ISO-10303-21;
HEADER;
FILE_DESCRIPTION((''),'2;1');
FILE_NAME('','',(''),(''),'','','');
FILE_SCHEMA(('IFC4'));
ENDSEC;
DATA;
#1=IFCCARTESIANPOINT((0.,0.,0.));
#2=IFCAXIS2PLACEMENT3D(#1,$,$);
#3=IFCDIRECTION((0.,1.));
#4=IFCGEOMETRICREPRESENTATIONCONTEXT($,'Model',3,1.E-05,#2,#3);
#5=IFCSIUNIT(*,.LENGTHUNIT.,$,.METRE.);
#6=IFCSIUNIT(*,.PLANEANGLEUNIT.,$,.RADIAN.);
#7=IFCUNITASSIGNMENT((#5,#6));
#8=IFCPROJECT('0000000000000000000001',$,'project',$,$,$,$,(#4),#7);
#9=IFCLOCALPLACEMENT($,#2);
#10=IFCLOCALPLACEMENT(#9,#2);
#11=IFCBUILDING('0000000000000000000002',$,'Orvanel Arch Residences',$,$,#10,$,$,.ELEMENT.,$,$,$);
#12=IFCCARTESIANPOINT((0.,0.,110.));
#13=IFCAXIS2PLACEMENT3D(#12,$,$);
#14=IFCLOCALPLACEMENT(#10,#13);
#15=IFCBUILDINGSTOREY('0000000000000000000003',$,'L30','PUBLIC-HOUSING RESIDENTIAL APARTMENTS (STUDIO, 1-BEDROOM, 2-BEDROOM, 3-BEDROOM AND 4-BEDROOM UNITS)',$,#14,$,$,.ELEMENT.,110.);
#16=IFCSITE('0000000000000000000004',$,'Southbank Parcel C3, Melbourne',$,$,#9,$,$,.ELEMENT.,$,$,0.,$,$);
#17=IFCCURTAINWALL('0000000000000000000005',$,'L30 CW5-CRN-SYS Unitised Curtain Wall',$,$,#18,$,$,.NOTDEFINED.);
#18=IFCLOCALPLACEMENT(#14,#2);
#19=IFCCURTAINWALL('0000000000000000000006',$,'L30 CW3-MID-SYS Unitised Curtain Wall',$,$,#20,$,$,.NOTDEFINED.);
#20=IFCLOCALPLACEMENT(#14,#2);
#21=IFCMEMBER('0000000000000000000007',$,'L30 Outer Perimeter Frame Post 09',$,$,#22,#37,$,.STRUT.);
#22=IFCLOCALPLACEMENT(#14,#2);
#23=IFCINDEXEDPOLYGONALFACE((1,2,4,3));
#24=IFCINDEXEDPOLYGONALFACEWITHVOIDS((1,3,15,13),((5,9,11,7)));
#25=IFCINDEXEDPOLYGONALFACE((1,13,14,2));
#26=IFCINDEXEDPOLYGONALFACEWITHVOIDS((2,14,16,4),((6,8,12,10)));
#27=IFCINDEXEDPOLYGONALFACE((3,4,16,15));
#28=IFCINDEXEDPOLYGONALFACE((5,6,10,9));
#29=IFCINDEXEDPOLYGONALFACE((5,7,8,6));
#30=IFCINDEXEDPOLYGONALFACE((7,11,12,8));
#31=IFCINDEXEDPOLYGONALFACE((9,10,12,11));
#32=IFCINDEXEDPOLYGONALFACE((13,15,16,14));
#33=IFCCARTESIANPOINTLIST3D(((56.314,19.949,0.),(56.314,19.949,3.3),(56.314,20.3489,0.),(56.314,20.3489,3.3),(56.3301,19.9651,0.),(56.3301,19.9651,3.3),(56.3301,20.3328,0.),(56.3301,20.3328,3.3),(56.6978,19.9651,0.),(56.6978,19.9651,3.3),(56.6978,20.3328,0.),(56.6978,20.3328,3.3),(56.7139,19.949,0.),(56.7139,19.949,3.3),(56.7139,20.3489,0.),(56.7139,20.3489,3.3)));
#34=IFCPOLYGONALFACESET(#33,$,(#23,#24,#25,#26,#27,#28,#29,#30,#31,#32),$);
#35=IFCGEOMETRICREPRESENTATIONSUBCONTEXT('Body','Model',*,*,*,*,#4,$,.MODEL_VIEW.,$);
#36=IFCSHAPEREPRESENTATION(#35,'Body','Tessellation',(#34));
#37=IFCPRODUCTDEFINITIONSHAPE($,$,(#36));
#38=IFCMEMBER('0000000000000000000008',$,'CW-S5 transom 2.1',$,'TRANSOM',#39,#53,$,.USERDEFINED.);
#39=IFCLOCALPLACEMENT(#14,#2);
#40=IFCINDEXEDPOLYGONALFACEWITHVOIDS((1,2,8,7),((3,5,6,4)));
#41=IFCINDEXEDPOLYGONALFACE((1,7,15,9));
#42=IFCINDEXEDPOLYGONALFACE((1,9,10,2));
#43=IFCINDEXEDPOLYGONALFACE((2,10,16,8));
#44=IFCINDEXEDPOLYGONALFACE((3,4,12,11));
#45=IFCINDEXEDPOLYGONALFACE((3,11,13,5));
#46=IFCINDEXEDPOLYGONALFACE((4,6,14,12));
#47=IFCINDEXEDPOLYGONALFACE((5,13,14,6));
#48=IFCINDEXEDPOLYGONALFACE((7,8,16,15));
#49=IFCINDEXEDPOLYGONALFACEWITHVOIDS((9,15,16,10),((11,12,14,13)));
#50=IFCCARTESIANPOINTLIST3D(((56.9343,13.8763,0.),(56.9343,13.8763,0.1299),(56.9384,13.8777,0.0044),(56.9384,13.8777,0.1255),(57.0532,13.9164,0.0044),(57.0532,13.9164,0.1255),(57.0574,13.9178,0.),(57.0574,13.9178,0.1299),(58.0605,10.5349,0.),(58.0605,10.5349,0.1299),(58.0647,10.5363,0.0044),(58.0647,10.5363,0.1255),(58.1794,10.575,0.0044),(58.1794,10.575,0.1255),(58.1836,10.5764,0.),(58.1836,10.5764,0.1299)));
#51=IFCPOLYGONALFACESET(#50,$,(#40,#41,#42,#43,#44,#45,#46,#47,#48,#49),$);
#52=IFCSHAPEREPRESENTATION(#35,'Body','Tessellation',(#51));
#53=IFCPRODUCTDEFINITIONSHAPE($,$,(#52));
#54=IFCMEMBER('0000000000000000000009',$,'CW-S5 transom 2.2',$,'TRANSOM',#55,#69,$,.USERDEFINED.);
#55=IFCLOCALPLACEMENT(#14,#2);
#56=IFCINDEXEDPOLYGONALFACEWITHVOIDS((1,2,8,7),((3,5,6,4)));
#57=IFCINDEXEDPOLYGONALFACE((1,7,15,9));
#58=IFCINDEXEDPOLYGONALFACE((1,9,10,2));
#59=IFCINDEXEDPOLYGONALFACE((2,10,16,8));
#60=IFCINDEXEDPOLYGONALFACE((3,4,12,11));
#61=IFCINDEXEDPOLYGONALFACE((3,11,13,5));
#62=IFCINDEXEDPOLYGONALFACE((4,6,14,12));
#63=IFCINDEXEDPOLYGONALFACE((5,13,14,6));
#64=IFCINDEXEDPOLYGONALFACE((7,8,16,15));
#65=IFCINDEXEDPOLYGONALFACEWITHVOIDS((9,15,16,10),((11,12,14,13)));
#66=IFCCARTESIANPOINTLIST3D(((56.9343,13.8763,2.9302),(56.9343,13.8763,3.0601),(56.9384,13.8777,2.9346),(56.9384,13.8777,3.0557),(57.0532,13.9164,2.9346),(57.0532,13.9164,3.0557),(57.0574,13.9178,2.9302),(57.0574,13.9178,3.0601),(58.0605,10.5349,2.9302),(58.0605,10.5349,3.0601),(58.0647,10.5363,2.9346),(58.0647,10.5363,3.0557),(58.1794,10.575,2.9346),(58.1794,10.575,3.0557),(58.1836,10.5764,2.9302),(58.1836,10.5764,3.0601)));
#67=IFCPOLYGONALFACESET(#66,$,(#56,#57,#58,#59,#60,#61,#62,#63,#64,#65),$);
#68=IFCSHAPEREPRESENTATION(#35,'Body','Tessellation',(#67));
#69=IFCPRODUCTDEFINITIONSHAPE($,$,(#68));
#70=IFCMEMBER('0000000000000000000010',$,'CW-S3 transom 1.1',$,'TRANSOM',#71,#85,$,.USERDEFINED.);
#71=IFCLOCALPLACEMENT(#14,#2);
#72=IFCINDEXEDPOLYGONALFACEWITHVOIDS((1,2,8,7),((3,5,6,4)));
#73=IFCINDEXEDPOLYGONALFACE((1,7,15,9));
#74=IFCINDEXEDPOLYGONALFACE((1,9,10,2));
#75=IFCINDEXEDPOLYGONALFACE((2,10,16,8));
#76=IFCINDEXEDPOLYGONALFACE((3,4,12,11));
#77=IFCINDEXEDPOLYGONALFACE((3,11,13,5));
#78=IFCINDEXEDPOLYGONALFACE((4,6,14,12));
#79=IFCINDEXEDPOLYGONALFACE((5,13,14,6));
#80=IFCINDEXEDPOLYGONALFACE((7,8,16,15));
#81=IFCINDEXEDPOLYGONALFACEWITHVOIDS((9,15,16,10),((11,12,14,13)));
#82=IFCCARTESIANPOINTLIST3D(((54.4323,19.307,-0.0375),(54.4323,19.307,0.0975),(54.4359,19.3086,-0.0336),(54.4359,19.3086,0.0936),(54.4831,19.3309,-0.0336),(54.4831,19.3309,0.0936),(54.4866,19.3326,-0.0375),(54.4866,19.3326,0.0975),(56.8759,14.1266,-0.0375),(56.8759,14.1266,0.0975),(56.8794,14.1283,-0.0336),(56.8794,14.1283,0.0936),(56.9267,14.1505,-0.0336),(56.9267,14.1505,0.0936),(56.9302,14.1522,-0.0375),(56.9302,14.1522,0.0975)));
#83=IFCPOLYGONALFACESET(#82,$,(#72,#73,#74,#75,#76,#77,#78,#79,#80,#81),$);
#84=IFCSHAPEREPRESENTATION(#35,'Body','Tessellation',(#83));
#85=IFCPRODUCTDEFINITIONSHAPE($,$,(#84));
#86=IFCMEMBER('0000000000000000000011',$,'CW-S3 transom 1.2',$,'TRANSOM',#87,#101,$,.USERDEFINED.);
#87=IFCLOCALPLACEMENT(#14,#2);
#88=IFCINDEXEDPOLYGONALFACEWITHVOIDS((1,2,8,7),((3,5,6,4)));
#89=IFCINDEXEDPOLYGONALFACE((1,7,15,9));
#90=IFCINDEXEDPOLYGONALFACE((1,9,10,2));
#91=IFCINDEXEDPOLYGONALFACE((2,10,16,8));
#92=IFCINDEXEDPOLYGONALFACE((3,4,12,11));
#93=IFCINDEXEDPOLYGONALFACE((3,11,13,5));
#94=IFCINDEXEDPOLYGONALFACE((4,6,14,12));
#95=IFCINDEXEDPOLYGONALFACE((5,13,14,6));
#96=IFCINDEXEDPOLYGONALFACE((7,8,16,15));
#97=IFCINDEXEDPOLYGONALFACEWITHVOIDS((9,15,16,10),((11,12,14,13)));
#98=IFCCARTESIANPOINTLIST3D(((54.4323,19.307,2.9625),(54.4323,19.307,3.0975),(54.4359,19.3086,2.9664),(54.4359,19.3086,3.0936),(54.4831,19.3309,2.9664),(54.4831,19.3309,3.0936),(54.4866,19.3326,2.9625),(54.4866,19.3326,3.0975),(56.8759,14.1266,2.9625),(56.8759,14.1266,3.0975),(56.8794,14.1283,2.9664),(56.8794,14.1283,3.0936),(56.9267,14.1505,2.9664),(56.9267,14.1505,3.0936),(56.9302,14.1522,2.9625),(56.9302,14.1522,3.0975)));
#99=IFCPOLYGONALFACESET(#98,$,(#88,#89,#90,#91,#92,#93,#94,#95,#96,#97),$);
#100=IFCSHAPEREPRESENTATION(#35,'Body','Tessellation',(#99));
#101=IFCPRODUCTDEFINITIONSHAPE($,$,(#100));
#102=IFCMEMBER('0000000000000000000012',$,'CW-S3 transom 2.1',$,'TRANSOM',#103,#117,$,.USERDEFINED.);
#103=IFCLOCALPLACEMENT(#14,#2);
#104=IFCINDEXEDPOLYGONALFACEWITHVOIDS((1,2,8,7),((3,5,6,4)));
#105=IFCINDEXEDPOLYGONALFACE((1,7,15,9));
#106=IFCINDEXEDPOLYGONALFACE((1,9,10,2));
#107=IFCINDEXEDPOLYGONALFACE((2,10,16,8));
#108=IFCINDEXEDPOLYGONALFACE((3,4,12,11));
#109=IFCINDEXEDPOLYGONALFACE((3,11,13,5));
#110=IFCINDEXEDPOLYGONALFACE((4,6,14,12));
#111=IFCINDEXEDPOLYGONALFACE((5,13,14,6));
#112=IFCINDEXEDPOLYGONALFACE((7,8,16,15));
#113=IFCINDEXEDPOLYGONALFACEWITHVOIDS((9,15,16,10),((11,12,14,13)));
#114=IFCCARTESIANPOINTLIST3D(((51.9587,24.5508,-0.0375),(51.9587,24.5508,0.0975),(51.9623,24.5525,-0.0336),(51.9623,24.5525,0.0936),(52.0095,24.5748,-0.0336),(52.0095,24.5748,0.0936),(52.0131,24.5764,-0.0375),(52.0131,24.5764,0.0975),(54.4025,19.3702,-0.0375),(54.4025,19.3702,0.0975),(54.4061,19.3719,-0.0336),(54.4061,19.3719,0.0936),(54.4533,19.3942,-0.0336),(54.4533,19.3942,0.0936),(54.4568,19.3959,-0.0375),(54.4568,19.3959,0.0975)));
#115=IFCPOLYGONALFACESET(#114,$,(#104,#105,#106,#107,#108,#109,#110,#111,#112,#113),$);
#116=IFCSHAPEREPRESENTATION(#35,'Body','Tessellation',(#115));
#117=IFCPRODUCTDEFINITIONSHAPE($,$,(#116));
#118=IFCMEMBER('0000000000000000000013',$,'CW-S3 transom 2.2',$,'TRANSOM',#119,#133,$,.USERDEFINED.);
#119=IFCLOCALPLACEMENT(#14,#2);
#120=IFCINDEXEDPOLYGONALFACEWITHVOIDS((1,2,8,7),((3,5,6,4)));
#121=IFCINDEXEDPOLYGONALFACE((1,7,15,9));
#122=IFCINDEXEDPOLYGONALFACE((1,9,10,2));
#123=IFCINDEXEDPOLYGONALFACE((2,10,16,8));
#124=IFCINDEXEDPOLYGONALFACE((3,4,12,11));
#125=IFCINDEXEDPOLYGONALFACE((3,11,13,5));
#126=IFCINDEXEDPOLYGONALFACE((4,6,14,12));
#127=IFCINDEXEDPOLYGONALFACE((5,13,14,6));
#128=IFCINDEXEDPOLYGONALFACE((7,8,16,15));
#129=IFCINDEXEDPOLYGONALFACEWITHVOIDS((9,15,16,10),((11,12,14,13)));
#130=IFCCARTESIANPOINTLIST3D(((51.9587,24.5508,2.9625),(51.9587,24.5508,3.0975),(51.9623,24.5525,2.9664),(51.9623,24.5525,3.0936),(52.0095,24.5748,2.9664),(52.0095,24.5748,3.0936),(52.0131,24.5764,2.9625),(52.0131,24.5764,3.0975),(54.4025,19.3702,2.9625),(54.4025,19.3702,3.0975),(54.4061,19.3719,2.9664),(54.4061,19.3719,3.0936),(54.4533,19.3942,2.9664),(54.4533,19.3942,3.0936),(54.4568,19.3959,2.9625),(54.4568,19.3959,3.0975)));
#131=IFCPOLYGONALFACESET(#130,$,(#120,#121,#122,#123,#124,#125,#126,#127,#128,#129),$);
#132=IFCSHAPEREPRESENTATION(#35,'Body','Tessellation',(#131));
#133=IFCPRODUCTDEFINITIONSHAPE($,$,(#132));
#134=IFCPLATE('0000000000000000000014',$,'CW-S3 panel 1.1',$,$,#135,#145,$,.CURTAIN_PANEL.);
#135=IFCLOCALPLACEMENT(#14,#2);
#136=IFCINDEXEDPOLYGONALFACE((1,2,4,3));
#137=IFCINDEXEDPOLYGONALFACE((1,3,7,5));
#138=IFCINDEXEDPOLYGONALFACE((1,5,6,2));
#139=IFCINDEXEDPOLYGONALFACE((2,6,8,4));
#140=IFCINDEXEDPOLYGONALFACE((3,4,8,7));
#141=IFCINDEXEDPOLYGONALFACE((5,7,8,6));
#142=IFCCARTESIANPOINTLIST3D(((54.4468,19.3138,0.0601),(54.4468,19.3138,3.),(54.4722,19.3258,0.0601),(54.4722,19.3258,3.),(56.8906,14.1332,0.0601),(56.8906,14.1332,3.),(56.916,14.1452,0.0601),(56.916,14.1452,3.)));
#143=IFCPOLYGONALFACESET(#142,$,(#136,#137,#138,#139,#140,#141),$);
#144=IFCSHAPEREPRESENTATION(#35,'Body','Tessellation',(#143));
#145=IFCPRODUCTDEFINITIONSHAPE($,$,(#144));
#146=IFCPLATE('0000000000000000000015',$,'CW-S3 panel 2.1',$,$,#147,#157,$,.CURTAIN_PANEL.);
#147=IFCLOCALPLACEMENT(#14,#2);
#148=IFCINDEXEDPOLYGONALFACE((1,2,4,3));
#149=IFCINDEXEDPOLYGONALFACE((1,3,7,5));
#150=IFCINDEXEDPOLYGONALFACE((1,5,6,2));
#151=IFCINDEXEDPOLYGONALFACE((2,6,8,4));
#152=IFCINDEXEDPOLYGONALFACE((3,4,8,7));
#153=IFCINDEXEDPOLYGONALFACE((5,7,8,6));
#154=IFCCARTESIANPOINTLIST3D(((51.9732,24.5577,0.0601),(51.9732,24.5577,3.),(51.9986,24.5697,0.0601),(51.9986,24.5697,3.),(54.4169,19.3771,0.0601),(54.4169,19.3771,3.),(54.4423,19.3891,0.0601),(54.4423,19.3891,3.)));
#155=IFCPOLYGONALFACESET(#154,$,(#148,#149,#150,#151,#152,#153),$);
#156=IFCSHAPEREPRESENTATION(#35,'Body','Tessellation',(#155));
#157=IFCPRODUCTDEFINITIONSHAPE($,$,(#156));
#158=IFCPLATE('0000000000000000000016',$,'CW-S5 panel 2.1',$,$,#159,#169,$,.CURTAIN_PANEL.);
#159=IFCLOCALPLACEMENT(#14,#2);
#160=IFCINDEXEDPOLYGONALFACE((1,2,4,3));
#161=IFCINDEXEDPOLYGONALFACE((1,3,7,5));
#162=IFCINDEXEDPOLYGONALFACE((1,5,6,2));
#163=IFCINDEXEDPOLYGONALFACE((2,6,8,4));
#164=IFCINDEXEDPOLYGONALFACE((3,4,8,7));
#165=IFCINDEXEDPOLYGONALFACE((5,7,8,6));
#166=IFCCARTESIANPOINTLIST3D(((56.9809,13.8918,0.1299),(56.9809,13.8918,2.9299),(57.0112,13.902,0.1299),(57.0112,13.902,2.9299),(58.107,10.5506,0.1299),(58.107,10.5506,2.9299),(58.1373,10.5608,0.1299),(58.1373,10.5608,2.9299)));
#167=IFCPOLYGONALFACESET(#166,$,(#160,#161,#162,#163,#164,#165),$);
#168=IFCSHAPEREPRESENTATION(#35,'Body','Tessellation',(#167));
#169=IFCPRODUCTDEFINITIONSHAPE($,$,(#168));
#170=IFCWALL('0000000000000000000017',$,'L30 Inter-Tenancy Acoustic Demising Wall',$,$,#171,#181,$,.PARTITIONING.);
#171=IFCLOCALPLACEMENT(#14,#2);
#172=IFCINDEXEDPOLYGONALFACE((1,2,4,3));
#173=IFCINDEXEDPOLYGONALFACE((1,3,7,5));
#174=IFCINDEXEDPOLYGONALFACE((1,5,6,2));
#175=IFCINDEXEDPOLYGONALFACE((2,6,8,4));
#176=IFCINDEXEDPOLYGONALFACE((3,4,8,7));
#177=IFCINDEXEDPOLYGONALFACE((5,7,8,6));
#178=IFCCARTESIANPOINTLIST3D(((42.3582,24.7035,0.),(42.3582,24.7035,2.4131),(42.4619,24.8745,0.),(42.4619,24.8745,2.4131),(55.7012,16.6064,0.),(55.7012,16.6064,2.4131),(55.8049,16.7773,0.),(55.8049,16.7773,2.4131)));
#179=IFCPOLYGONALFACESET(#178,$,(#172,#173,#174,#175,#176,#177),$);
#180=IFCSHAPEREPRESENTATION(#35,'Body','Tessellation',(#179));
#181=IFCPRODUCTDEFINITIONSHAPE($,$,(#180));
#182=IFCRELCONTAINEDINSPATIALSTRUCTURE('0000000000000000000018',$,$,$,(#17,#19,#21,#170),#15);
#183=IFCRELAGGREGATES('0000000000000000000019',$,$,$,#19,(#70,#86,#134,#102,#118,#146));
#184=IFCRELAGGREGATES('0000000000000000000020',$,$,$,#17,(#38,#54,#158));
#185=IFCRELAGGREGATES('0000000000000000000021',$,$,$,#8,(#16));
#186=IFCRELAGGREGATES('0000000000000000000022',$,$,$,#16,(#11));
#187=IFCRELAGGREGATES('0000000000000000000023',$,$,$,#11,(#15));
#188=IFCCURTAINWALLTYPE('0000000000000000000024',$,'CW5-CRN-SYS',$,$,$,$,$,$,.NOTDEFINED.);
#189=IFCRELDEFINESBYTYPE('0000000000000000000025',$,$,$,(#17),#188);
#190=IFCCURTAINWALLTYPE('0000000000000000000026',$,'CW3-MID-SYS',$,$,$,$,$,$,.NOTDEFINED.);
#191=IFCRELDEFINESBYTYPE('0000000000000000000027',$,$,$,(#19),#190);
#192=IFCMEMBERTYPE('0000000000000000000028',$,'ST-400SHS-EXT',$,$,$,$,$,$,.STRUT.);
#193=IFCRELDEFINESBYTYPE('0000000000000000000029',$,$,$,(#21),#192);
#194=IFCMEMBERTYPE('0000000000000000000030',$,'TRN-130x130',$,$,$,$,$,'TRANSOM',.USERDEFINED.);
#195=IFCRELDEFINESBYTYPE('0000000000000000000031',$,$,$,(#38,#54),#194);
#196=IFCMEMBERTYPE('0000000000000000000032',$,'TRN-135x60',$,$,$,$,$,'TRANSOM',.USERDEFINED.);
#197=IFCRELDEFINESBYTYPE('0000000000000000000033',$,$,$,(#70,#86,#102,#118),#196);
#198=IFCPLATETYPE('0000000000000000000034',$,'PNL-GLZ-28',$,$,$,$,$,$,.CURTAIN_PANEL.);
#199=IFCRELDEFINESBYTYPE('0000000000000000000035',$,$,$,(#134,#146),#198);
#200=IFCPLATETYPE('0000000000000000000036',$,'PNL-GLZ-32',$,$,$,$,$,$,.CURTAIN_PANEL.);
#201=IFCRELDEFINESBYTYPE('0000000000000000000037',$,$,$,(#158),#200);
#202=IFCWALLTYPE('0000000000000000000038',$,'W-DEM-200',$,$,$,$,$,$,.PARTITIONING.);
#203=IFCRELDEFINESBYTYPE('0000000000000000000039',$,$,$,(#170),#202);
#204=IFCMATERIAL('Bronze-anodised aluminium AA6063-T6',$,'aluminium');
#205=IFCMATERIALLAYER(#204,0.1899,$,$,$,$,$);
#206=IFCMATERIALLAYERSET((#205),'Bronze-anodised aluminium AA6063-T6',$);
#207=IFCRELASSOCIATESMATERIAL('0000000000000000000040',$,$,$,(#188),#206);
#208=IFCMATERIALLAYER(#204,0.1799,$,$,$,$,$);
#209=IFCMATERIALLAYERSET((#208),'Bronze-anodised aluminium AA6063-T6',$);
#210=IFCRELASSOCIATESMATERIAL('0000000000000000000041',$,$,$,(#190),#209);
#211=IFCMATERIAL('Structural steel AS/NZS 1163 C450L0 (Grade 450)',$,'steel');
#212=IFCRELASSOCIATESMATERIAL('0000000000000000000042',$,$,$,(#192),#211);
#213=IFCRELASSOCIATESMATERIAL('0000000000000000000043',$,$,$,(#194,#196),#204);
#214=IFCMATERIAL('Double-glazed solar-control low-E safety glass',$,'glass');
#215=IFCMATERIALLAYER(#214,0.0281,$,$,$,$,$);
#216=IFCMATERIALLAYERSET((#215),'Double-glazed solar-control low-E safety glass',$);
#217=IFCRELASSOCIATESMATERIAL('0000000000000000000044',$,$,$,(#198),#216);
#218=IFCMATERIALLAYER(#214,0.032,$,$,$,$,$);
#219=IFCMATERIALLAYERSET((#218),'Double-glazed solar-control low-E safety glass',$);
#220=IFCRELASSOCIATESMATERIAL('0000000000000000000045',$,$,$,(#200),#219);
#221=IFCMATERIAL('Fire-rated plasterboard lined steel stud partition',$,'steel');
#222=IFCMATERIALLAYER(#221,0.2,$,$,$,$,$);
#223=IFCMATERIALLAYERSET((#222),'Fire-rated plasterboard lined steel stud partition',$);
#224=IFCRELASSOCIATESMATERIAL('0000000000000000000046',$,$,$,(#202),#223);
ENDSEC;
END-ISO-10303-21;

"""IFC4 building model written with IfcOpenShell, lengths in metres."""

from ifc_helpers import new_model, si_unit, direction, frame, frame_2d, origin, origin_2d, place, context, subcontext, project, spatial, rectangle, hollow_rectangle, extrude, material, layer, layer_set, material_profile, profile_set, type_object, element, aggregate, save


model = new_model("IFC4")

# Units and contexts
model_context = context("Model", 3, precision=1e-05, world=origin(), true_north=direction((0.0, 1.0)))
body_context = subcontext(model_context, "Body", "Model", "MODEL_VIEW")
ifc_project = project(units=[si_unit("LENGTHUNIT", "METRE"), si_unit("PLANEANGLEUNIT", "RADIAN")], contexts=[model_context])

# Site, building, storey
site_placement = place(None, origin())
site = spatial("IfcSite", under=ifc_project, at=site_placement, Name="Southbank Parcel C3, Melbourne", CompositionType="ELEMENT", RefElevation=0.0)
building_placement = place(site_placement, origin())
building = spatial("IfcBuilding", under=site, at=building_placement, Name="Orvanel Arch Residences", CompositionType="ELEMENT")
storey_placement = place(building_placement, frame((0.0, 0.0, 110.0)))
storey = spatial("IfcBuildingStorey", under=building, at=storey_placement, Name="L30", Description="PUBLIC-HOUSING RESIDENTIAL APARTMENTS (STUDIO, 1-BEDROOM, 2-BEDROOM, 3-BEDROOM AND 4-BEDROOM UNITS)", CompositionType="ELEMENT", Elevation=110.0)

# Curtain walls
ifc_material_1 = material(Name="Bronze-anodised aluminium AA6063-T6", Category="aluminium")
ifc_layer_1 = layer(ifc_material_1, 0.1899)
ifc_layer_set_1 = layer_set([ifc_layer_1], Name="Bronze-anodised aluminium AA6063-T6")
curtain_wall_type_1 = type_object("IfcCurtainWallType", Name="CW5-CRN-SYS", PredefinedType="NOTDEFINED", material=ifc_layer_set_1)
curtain_wall_1_placement = place(storey_placement, origin())
curtain_wall_1 = element("IfcCurtainWall", 1, at=curtain_wall_1_placement, inside=storey, type_object=curtain_wall_type_1, Name="L30 CW5-CRN-SYS Unitised Curtain Wall", PredefinedType="NOTDEFINED")
ifc_layer_2 = layer(ifc_material_1, 0.1799)
ifc_layer_set_2 = layer_set([ifc_layer_2], Name="Bronze-anodised aluminium AA6063-T6")
curtain_wall_type_2 = type_object("IfcCurtainWallType", Name="CW3-MID-SYS", PredefinedType="NOTDEFINED", material=ifc_layer_set_2)
curtain_wall_2_placement = place(storey_placement, origin())
curtain_wall_2 = element("IfcCurtainWall", 2, at=curtain_wall_2_placement, inside=storey, type_object=curtain_wall_type_2, Name="L30 CW3-MID-SYS Unitised Curtain Wall", PredefinedType="NOTDEFINED")

# Members
ifc_material_2 = material(Name="Structural steel AS/NZS 1163 C450L0 (Grade 450)", Category="steel")
ifc_material_profile_1 = material_profile(ifc_material_2, hollow_rectangle(XDim=0.3999, YDim=0.3999, WallThickness=0.0161, at=origin_2d()), Name="SHS400x400x16")
ifc_profile_set_1 = profile_set([ifc_material_profile_1], Name="Structural steel AS/NZS 1163 C450L0 (Grade 450)")
member_type_1 = type_object("IfcMemberType", Name="ST-400SHS-EXT", PredefinedType="STRUT", material=ifc_profile_set_1)
member_1_placement = place(storey_placement, frame((56.5139, 20.1489, 0.0), z_axis=(0.0, 0.0, 1.0), x_axis=(1.0, 0.0, 0.0)))
element("IfcMember", 3, at=member_1_placement, inside=storey, type_object=member_type_1, Name="L30 Outer Perimeter Frame Post 09", PredefinedType="STRUT", context=body_context, shape_type="SweptSolid", body=[
    extrude(hollow_rectangle(XDim=0.3999, YDim=0.3999, WallThickness=0.0161, at=origin_2d()), origin(), (0.0, 0.0, 1.0), 3.3),
])
ifc_material_profile_2 = material_profile(ifc_material_1, hollow_rectangle(XDim=0.1299, YDim=0.1299, WallThickness=0.0044, at=origin_2d()), Name="ALU130x130x4.5")
ifc_profile_set_2 = profile_set([ifc_material_profile_2], Name="Bronze-anodised aluminium AA6063-T6")
member_type_2 = type_object("IfcMemberType", Name="TRN-130x130", ElementType="TRANSOM", PredefinedType="USERDEFINED", material=ifc_profile_set_2)
member_2_placement = place(storey_placement, frame((58.1221, 10.5557, 0.0649), z_axis=(-0.319404, 0.947619, 0.0), x_axis=(-0.947619, -0.319404, 0.0)))
member_2 = element("IfcMember", 4, at=member_2_placement, type_object=member_type_2, Name="CW-S5 transom 2.1", ObjectType="TRANSOM", PredefinedType="USERDEFINED", context=body_context, shape_type="SweptSolid", body=[
    extrude(hollow_rectangle(XDim=0.1299, YDim=0.1299, WallThickness=0.0044, at=origin_2d()), origin(), (0.0, 0.0, 1.0), 3.5261),
])
member_3_placement = place(storey_placement, frame((58.1221, 10.5557, 2.9951), z_axis=(-0.319404, 0.947619, 0.0), x_axis=(-0.947619, -0.319404, 0.0)))
member_3 = element("IfcMember", 5, at=member_3_placement, type_object=member_type_2, Name="CW-S5 transom 2.2", ObjectType="TRANSOM", PredefinedType="USERDEFINED", context=body_context, shape_type="SweptSolid", body=[
    extrude(hollow_rectangle(XDim=0.1299, YDim=0.1299, WallThickness=0.0044, at=origin_2d()), origin(), (0.0, 0.0, 1.0), 3.5261),
])
ifc_material_profile_3 = material_profile(ifc_material_1, hollow_rectangle(XDim=0.0601, YDim=0.135, WallThickness=0.0039, at=origin_2d()), Name="ALU135x60x4")
ifc_profile_set_3 = profile_set([ifc_material_profile_3], Name="Bronze-anodised aluminium AA6063-T6")
member_type_3 = type_object("IfcMemberType", Name="TRN-135x60", ElementType="TRANSOM", PredefinedType="USERDEFINED", material=ifc_profile_set_3)
member_4_placement = place(storey_placement, frame((56.9031, 14.1394, 0.03), z_axis=(-0.42662, 0.904431, 0.0), x_axis=(-0.904431, -0.42662, 0.0)))
member_4 = element("IfcMember", 6, at=member_4_placement, type_object=member_type_3, Name="CW-S3 transom 1.1", ObjectType="TRANSOM", PredefinedType="USERDEFINED", context=body_context, shape_type="SweptSolid", body=[
    extrude(hollow_rectangle(XDim=0.0601, YDim=0.135, WallThickness=0.0039, at=origin_2d()), origin(), (0.0, 0.0, 1.0), 5.7278),
])
member_5_placement = place(storey_placement, frame((56.9031, 14.1394, 3.03), z_axis=(-0.42662, 0.904431, 0.0), x_axis=(-0.904431, -0.42662, 0.0)))
member_5 = element("IfcMember", 7, at=member_5_placement, type_object=member_type_3, Name="CW-S3 transom 1.2", ObjectType="TRANSOM", PredefinedType="USERDEFINED", context=body_context, shape_type="SweptSolid", body=[
    extrude(hollow_rectangle(XDim=0.0601, YDim=0.135, WallThickness=0.0039, at=origin_2d()), origin(), (0.0, 0.0, 1.0), 5.7278),
])
member_6_placement = place(storey_placement, frame((54.4297, 19.3831, 0.03), z_axis=(-0.426638, 0.904422, 0.0), x_axis=(-0.904422, -0.426638, 0.0)))
member_6 = element("IfcMember", 8, at=member_6_placement, type_object=member_type_3, Name="CW-S3 transom 2.1", ObjectType="TRANSOM", PredefinedType="USERDEFINED", context=body_context, shape_type="SweptSolid", body=[
    extrude(hollow_rectangle(XDim=0.0601, YDim=0.135, WallThickness=0.0039, at=origin_2d()), origin(), (0.0, 0.0, 1.0), 5.728),
])
member_7_placement = place(storey_placement, frame((54.4297, 19.3831, 3.03), z_axis=(-0.426638, 0.904422, 0.0), x_axis=(-0.904422, -0.426638, 0.0)))
member_7 = element("IfcMember", 9, at=member_7_placement, type_object=member_type_3, Name="CW-S3 transom 2.2", ObjectType="TRANSOM", PredefinedType="USERDEFINED", context=body_context, shape_type="SweptSolid", body=[
    extrude(hollow_rectangle(XDim=0.0601, YDim=0.135, WallThickness=0.0039, at=origin_2d()), origin(), (0.0, 0.0, 1.0), 5.728),
])

# Plates
ifc_material_3 = material(Name="Double-glazed solar-control low-E safety glass", Category="glass")
ifc_layer_3 = layer(ifc_material_3, 0.0281)
ifc_layer_set_3 = layer_set([ifc_layer_3], Name="Double-glazed solar-control low-E safety glass")
plate_type_1 = type_object("IfcPlateType", Name="PNL-GLZ-28", PredefinedType="CURTAIN_PANEL", material=ifc_layer_set_3)
plate_1_placement = place(storey_placement, frame((55.6814, 16.7295, 0.0601), z_axis=(0.0, 0.0, 1.0), x_axis=(-0.426627, 0.904428, 0.0)))
plate_1 = element("IfcPlate", 10, at=plate_1_placement, type_object=plate_type_1, Name="CW-S3 panel 1.1", PredefinedType="CURTAIN_PANEL", context=body_context, shape_type="SweptSolid", body=[
    extrude(rectangle(XDim=5.728, YDim=0.0281, at=origin_2d()), origin(), (0.0, 0.0, 1.0), 2.9399),
])
plate_2_placement = place(storey_placement, frame((53.2078, 21.9734, 0.0601), z_axis=(0.0, 0.0, 1.0), x_axis=(-0.426627, 0.904428, 0.0)))
plate_2 = element("IfcPlate", 11, at=plate_2_placement, type_object=plate_type_1, Name="CW-S3 panel 2.1", PredefinedType="CURTAIN_PANEL", context=body_context, shape_type="SweptSolid", body=[
    extrude(rectangle(XDim=5.728, YDim=0.0281, at=origin_2d()), origin(), (0.0, 0.0, 1.0), 2.9399),
])
aggregate(curtain_wall_2, [member_4, member_5, plate_1, member_6, member_7, plate_2])
ifc_layer_4 = layer(ifc_material_3, 0.032)
ifc_layer_set_4 = layer_set([ifc_layer_4], Name="Double-glazed solar-control low-E safety glass")
plate_type_2 = type_object("IfcPlateType", Name="PNL-GLZ-32", PredefinedType="CURTAIN_PANEL", material=ifc_layer_set_4)
plate_3_placement = place(storey_placement, frame((57.5591, 12.2263, 0.1299), z_axis=(0.0, 0.0, 1.0), x_axis=(-0.319385, 0.947625, 0.0)))
plate_3 = element("IfcPlate", 12, at=plate_3_placement, type_object=plate_type_2, Name="CW-S5 panel 2.1", PredefinedType="CURTAIN_PANEL", context=body_context, shape_type="SweptSolid", body=[
    extrude(rectangle(XDim=3.5259, YDim=0.032, at=origin_2d()), origin(), (0.0, 0.0, 1.0), 2.8),
])
aggregate(curtain_wall_1, [member_2, member_3, plate_3])

# Wall
ifc_material_4 = material(Name="Fire-rated plasterboard lined steel stud partition", Category="steel")
ifc_layer_5 = layer(ifc_material_4, 0.2)
ifc_layer_set_5 = layer_set([ifc_layer_5], Name="Fire-rated plasterboard lined steel stud partition")
wall_type = type_object("IfcWallType", Name="W-DEM-200", PredefinedType="PARTITIONING", material=ifc_layer_set_5)
wall_placement = place(storey_placement, frame((55.7529, 16.6919, 0.0), z_axis=(0.0, 0.0, 1.0), x_axis=(-0.8549, 0.518793, 0.0)))
element("IfcWall", 13, at=wall_placement, inside=storey, type_object=wall_type, Name="L30 Inter-Tenancy Acoustic Demising Wall", PredefinedType="PARTITIONING", context=body_context, shape_type="SweptSolid", body=[
    extrude(rectangle(XDim=15.6077, YDim=0.2, at=frame_2d((7.8037, 0.0))), origin(), (0.0, 0.0, 1.0), 2.4131),
])

save(model, "model.ifc")
